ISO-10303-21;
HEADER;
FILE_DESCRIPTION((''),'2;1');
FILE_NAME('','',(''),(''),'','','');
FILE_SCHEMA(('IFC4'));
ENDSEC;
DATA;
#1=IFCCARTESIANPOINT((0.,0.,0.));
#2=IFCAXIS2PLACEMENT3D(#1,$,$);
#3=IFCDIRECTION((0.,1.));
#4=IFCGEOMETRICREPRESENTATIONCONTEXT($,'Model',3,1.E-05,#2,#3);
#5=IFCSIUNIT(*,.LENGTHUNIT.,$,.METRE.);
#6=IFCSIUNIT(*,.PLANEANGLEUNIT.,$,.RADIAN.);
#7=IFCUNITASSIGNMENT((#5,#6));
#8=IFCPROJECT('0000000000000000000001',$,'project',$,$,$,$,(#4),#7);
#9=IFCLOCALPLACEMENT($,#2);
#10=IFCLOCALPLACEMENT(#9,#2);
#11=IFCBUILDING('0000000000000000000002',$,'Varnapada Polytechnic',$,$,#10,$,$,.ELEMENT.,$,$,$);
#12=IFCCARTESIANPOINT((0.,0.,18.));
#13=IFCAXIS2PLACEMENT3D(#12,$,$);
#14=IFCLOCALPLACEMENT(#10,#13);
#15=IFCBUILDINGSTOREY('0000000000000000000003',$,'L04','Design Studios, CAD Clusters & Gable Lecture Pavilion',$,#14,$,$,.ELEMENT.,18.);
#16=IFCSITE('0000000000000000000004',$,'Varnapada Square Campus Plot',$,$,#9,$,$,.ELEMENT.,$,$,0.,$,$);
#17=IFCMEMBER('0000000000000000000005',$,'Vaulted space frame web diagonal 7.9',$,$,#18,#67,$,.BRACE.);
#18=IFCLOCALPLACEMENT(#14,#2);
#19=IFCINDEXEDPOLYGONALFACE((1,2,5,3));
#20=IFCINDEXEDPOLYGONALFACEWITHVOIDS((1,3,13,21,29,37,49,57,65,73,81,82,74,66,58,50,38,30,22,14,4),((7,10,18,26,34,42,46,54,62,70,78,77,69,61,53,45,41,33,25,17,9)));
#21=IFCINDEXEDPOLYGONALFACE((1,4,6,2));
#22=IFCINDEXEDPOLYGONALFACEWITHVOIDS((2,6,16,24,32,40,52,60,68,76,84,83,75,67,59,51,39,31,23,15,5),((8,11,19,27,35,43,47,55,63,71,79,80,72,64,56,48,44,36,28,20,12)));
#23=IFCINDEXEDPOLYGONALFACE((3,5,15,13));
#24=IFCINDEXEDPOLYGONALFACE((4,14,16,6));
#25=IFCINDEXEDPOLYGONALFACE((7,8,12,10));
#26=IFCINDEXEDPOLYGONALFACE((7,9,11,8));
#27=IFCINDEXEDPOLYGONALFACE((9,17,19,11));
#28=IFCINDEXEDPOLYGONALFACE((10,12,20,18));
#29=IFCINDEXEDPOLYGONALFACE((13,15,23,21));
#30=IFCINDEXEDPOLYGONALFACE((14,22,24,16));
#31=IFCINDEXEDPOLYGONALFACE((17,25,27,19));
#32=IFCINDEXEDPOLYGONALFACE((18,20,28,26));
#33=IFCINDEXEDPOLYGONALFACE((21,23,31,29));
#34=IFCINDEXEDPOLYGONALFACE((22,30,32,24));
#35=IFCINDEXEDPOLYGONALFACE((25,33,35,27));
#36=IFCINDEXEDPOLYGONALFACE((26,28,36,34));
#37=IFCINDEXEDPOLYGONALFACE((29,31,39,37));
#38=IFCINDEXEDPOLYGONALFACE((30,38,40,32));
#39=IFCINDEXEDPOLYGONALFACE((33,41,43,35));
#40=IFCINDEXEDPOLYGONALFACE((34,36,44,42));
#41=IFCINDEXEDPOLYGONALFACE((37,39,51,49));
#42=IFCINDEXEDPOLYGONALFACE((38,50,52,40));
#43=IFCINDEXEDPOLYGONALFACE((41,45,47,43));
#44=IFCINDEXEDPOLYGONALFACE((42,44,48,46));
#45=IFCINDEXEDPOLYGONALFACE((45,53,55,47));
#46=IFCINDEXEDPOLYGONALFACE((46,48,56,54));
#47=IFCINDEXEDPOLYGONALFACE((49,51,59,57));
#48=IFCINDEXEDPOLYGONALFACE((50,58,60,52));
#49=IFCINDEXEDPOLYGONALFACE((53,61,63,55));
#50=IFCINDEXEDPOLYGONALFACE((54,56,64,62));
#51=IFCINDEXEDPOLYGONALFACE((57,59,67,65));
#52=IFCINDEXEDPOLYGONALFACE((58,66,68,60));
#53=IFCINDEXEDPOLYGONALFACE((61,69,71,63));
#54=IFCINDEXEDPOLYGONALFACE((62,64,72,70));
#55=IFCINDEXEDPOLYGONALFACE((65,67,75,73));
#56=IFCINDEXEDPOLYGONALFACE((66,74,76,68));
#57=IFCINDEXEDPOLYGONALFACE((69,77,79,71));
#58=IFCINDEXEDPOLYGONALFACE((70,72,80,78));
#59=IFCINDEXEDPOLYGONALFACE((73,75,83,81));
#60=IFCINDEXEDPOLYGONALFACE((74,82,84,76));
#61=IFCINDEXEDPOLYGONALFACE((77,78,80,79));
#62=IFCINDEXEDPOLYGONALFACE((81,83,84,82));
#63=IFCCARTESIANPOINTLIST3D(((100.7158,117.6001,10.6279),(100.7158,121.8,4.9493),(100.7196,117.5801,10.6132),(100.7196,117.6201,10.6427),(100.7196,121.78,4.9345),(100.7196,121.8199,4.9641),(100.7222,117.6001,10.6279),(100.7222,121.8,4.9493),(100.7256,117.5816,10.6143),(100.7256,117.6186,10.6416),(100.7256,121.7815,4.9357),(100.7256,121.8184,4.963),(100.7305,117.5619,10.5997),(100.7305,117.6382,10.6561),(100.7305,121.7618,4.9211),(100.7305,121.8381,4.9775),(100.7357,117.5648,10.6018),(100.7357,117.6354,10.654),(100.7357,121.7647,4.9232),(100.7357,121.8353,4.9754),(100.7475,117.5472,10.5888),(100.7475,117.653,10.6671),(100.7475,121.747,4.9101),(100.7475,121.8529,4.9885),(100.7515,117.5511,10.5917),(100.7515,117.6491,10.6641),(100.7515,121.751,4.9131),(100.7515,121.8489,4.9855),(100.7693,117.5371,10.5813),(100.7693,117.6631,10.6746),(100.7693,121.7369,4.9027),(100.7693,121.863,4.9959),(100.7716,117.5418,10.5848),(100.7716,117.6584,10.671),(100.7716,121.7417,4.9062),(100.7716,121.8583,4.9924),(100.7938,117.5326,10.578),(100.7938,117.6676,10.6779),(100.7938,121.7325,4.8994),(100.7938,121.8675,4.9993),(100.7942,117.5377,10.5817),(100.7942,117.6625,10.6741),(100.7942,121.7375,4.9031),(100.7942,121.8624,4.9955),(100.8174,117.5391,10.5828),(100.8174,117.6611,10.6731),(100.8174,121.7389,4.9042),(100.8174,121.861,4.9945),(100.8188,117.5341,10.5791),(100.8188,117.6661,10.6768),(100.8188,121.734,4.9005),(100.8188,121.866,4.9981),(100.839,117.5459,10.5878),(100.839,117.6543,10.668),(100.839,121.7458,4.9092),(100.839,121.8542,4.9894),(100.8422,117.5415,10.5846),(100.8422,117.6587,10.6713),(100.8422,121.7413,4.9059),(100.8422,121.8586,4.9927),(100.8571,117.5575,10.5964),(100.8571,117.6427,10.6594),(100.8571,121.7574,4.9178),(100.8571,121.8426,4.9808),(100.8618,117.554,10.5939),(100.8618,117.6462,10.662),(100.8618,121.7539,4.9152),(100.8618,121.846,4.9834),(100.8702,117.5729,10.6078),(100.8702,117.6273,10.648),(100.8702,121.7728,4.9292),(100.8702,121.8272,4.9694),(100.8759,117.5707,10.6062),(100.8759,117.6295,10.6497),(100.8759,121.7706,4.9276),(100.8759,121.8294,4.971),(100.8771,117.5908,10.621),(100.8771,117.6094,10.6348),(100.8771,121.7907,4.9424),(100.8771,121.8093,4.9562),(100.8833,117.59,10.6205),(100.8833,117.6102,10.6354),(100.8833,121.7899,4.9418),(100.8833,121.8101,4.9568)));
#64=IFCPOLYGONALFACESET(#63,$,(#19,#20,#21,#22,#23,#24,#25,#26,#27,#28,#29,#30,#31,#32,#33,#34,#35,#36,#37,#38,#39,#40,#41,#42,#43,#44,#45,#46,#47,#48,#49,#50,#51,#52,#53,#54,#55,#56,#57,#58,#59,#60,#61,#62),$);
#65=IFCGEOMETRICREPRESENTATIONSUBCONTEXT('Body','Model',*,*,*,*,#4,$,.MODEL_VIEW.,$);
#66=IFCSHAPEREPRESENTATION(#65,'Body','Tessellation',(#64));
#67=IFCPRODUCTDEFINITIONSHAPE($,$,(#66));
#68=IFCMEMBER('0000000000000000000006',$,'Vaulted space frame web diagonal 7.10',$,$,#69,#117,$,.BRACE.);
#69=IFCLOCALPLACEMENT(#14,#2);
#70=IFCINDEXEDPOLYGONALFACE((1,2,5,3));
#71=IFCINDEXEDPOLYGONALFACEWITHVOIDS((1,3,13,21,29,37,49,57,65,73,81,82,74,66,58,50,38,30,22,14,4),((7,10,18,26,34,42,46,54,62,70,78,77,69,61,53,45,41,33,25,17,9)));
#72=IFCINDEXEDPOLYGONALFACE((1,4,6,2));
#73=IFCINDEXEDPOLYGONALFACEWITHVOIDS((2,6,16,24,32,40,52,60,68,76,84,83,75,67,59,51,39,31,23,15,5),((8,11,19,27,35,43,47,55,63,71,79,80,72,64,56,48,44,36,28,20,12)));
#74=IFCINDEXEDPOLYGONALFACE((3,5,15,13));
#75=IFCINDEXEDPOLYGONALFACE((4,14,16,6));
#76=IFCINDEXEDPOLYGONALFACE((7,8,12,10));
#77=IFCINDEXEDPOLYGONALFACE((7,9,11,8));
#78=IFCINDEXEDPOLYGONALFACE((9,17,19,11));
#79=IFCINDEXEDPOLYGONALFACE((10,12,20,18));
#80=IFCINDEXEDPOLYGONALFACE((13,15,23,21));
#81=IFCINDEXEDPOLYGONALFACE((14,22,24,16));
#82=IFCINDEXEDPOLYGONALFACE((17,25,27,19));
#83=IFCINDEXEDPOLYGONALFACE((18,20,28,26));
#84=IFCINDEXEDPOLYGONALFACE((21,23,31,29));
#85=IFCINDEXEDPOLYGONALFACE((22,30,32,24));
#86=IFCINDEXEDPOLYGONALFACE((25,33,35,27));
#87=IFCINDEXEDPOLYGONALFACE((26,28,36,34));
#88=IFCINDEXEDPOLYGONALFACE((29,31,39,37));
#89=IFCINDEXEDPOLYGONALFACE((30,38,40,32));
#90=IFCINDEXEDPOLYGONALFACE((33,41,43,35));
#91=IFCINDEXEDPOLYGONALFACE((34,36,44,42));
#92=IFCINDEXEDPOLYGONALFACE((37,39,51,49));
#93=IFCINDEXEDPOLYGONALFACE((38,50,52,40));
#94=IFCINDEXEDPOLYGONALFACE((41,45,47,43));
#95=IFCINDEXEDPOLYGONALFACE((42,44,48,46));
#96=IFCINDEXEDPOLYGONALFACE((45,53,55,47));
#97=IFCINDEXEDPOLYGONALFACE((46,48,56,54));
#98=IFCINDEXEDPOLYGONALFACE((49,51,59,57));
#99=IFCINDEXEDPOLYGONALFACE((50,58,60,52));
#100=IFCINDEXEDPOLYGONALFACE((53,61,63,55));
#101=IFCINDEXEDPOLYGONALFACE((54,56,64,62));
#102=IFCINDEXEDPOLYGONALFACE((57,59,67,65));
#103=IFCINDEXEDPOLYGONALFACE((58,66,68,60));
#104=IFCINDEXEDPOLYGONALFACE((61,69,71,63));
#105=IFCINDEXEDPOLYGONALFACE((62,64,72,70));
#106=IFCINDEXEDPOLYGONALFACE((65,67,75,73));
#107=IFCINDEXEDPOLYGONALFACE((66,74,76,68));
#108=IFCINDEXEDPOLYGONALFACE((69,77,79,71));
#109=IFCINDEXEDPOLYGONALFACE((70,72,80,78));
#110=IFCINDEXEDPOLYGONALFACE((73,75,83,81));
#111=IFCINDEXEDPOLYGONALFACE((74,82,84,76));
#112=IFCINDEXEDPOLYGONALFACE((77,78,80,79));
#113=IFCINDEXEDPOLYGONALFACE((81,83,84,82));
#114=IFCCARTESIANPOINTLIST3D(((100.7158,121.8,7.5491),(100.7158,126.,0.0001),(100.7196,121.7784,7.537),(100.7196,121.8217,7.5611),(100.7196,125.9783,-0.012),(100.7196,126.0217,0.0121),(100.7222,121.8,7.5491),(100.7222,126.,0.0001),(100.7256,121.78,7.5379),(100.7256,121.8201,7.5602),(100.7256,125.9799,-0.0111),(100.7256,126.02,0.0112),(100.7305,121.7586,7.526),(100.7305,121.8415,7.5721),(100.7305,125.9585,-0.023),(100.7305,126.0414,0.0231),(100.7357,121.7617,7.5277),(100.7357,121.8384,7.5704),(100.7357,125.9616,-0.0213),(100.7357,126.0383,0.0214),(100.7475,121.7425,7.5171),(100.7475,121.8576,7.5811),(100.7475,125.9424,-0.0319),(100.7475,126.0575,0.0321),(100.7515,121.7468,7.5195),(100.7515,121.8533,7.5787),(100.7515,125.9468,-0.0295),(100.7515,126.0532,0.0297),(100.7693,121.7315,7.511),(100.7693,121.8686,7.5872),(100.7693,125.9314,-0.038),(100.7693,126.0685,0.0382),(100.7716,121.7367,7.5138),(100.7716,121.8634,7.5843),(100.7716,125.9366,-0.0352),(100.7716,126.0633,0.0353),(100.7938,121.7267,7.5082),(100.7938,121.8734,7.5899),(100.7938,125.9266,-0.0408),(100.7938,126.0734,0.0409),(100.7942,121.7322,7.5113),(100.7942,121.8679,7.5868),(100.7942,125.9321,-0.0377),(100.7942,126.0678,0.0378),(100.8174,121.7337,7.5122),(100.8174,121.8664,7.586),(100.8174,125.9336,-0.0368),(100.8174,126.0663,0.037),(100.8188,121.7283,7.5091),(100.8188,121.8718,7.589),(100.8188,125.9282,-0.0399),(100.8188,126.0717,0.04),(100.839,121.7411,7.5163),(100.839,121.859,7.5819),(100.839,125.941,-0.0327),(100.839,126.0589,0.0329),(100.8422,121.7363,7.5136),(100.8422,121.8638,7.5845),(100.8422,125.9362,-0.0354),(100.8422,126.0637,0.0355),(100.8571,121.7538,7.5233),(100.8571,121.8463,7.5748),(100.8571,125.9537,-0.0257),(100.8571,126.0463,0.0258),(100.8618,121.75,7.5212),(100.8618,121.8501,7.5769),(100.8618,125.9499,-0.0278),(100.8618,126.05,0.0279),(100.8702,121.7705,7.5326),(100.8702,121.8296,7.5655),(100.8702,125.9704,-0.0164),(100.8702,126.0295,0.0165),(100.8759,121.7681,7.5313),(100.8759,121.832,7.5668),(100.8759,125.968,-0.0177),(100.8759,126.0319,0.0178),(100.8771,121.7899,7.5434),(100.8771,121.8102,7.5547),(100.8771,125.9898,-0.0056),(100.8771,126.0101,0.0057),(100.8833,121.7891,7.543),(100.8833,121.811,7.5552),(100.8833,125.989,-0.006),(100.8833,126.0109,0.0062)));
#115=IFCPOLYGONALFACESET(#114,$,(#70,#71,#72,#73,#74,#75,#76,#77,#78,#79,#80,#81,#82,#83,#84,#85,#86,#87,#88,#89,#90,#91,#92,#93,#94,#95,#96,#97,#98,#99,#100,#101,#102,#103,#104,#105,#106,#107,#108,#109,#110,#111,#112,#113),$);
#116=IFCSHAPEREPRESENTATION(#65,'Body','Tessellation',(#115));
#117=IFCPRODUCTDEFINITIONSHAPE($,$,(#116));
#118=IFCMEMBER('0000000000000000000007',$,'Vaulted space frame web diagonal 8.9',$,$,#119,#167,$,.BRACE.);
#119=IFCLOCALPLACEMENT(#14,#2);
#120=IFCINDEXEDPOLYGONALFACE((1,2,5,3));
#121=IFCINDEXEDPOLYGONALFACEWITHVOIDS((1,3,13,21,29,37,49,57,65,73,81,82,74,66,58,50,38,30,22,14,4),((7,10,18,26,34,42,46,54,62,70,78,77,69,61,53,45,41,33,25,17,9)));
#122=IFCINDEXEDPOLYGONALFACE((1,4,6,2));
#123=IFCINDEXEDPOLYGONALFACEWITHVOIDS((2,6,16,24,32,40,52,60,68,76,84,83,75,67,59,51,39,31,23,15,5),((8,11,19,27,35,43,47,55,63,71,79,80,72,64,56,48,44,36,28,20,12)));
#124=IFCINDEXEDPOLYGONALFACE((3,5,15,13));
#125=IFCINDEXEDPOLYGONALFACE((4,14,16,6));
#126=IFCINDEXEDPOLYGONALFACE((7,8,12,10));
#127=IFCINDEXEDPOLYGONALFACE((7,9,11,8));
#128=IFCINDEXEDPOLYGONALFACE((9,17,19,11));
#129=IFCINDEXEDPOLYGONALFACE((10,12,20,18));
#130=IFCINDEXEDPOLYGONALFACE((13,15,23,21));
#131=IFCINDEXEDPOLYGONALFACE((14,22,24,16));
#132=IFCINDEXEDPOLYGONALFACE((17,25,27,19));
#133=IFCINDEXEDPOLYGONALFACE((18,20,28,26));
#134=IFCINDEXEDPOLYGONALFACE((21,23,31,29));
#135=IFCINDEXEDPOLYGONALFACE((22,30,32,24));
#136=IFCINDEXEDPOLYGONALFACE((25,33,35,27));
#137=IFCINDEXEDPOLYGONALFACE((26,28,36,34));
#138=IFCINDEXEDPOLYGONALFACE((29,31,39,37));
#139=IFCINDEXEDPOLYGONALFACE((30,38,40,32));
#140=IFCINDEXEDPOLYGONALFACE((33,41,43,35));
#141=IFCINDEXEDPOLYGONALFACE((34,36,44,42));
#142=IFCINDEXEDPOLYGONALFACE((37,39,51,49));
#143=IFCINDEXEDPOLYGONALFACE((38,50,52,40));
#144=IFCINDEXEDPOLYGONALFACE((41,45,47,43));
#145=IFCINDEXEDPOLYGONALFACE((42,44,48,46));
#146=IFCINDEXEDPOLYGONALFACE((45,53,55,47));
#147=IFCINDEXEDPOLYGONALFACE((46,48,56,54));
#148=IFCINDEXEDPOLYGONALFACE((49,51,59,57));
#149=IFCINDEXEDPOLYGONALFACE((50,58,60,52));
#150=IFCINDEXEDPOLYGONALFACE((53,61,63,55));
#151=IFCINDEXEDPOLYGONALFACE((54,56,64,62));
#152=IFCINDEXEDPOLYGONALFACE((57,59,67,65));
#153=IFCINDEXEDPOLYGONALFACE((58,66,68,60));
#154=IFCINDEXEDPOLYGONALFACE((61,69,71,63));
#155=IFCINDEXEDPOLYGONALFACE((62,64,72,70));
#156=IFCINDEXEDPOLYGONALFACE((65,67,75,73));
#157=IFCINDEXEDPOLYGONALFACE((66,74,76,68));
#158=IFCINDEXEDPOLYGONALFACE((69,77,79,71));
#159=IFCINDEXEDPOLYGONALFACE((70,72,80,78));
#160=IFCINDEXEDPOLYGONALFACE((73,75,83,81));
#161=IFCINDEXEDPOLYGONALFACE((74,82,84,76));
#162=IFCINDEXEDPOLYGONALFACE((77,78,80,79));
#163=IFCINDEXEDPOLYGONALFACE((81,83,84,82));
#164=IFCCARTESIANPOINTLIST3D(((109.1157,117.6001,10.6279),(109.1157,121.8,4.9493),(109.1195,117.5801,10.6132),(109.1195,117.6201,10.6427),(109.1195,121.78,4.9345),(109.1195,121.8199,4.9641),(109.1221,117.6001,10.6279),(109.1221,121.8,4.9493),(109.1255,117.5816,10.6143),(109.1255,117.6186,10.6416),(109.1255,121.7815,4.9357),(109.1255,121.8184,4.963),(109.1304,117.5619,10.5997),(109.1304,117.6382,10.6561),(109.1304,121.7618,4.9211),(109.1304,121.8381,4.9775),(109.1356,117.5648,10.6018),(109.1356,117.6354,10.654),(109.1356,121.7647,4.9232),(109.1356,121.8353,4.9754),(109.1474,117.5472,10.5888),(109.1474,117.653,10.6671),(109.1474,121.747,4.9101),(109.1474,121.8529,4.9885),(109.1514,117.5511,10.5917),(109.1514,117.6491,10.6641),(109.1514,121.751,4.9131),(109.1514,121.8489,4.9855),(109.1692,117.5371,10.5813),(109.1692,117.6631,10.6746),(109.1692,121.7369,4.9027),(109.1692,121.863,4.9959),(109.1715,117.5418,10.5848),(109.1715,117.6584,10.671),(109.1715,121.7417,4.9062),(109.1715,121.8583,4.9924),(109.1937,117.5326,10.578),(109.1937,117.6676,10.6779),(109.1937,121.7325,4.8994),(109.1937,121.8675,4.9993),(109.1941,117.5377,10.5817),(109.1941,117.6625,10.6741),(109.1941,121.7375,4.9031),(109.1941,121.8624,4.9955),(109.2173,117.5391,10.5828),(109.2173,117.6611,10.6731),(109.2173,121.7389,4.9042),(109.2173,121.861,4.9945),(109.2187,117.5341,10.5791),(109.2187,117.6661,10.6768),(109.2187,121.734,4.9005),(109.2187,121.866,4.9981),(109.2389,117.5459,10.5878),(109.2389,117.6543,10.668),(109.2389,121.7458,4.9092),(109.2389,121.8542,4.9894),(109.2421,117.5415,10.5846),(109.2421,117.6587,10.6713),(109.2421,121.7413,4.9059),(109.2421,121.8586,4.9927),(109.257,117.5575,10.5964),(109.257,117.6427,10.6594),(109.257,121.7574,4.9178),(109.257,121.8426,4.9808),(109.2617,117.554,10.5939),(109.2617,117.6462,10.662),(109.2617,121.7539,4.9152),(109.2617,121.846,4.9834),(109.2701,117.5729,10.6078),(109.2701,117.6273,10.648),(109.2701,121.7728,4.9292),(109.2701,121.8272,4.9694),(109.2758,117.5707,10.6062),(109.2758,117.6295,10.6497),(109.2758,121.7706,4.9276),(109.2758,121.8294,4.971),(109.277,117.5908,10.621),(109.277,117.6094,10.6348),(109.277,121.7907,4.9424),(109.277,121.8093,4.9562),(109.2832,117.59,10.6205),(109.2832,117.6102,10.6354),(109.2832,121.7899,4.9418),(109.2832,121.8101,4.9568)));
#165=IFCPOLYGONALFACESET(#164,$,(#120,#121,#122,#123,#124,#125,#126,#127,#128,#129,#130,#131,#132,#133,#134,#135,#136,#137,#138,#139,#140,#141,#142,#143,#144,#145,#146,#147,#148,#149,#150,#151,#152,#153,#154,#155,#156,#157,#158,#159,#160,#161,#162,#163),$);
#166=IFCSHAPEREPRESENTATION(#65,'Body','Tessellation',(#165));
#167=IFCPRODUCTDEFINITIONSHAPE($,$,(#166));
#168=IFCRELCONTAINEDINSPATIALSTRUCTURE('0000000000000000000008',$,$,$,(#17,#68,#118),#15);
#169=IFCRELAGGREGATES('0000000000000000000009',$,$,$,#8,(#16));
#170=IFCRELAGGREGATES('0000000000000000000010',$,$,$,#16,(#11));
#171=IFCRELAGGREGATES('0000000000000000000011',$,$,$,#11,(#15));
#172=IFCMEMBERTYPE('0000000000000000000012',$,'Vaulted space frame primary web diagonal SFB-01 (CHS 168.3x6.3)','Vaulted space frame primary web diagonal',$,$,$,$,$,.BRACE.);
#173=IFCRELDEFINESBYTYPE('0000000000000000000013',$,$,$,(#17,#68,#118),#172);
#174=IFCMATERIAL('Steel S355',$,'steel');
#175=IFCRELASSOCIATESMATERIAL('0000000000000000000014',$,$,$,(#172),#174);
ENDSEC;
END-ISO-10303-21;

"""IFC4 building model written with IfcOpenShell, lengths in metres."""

from ifc_helpers import new_model, si_unit, direction, frame, origin, origin_2d, place, context, subcontext, project, spatial, hollow_circle, extrude, material, material_profile, profile_set, type_object, element, save


model = new_model("IFC4")

# Units and contexts
model_context = context("Model", 3, precision=1e-05, world=origin(), true_north=direction((0.0, 1.0)))
body_context = subcontext(model_context, "Body", "Model", "MODEL_VIEW")
ifc_project = project(units=[si_unit("LENGTHUNIT", "METRE"), si_unit("PLANEANGLEUNIT", "RADIAN")], contexts=[model_context])

# Site, building, storey
site_placement = place(None, origin())
site = spatial("IfcSite", under=ifc_project, at=site_placement, Name="Varnapada Square Campus Plot", CompositionType="ELEMENT", RefElevation=0.0)
building_placement = place(site_placement, origin())
building = spatial("IfcBuilding", under=site, at=building_placement, Name="Varnapada Polytechnic", CompositionType="ELEMENT")
storey_placement = place(building_placement, frame((0.0, 0.0, 18.0)))
storey = spatial("IfcBuildingStorey", under=building, at=storey_placement, Name="L04", Description="Design Studios, CAD Clusters & Gable Lecture Pavilion", CompositionType="ELEMENT", Elevation=18.0)

# Shared definitions
ifc_material = material(Name="Steel S355", Category="steel")

# Members
ifc_material_profile_1 = material_profile(ifc_material, hollow_circle(Radius=0.0842, WallThickness=0.0063, at=origin_2d()), Name="CHS 168.3x6.3")
ifc_profile_set_1 = profile_set([ifc_material_profile_1], Name="Steel S355")
member_type_1 = type_object("IfcMemberType", Name="Vaulted space frame primary web diagonal SFB-01 (CHS 168.3x6.3)", Description="Vaulted space frame primary web diagonal", PredefinedType="BRACE", material=ifc_profile_set_1)
member_1_placement = place(storey_placement, frame((100.8, 117.6001, 10.6279), z_axis=(0.0, 0.594633, -0.803997), x_axis=(-1.0, 0.0, 0.0)))
element("IfcMember", 1, at=member_1_placement, inside=storey, type_object=member_type_1, Name="Vaulted space frame web diagonal 7.9", PredefinedType="BRACE", context=body_context, shape_type="SweptSolid", body=[
    extrude(hollow_circle(Radius=0.0842, WallThickness=0.0063, at=origin_2d()), origin(), (0.0, 0.0, 1.0), 7.063),
])
member_2_placement = place(storey_placement, frame((100.8, 121.8, 7.5491), z_axis=(0.0, 0.486176, -0.873861), x_axis=(-1.0, 0.0, 0.0)))
element("IfcMember", 2, at=member_2_placement, inside=storey, type_object=member_type_1, Name="Vaulted space frame web diagonal 7.10", PredefinedType="BRACE", context=body_context, shape_type="SweptSolid", body=[
    extrude(hollow_circle(Radius=0.0842, WallThickness=0.0063, at=origin_2d()), origin(), (0.0, 0.0, 1.0), 8.6387),
])
member_3_placement = place(storey_placement, frame((109.2, 117.6001, 10.6279), z_axis=(0.0, 0.594633, -0.803997), x_axis=(-1.0, 0.0, 0.0)))
element("IfcMember", 3, at=member_3_placement, inside=storey, type_object=member_type_1, Name="Vaulted space frame web diagonal 8.9", PredefinedType="BRACE", context=body_context, shape_type="SweptSolid", body=[
    extrude(hollow_circle(Radius=0.0842, WallThickness=0.0063, at=origin_2d()), origin(), (0.0, 0.0, 1.0), 7.063),
])

save(model, "model.ifc")
